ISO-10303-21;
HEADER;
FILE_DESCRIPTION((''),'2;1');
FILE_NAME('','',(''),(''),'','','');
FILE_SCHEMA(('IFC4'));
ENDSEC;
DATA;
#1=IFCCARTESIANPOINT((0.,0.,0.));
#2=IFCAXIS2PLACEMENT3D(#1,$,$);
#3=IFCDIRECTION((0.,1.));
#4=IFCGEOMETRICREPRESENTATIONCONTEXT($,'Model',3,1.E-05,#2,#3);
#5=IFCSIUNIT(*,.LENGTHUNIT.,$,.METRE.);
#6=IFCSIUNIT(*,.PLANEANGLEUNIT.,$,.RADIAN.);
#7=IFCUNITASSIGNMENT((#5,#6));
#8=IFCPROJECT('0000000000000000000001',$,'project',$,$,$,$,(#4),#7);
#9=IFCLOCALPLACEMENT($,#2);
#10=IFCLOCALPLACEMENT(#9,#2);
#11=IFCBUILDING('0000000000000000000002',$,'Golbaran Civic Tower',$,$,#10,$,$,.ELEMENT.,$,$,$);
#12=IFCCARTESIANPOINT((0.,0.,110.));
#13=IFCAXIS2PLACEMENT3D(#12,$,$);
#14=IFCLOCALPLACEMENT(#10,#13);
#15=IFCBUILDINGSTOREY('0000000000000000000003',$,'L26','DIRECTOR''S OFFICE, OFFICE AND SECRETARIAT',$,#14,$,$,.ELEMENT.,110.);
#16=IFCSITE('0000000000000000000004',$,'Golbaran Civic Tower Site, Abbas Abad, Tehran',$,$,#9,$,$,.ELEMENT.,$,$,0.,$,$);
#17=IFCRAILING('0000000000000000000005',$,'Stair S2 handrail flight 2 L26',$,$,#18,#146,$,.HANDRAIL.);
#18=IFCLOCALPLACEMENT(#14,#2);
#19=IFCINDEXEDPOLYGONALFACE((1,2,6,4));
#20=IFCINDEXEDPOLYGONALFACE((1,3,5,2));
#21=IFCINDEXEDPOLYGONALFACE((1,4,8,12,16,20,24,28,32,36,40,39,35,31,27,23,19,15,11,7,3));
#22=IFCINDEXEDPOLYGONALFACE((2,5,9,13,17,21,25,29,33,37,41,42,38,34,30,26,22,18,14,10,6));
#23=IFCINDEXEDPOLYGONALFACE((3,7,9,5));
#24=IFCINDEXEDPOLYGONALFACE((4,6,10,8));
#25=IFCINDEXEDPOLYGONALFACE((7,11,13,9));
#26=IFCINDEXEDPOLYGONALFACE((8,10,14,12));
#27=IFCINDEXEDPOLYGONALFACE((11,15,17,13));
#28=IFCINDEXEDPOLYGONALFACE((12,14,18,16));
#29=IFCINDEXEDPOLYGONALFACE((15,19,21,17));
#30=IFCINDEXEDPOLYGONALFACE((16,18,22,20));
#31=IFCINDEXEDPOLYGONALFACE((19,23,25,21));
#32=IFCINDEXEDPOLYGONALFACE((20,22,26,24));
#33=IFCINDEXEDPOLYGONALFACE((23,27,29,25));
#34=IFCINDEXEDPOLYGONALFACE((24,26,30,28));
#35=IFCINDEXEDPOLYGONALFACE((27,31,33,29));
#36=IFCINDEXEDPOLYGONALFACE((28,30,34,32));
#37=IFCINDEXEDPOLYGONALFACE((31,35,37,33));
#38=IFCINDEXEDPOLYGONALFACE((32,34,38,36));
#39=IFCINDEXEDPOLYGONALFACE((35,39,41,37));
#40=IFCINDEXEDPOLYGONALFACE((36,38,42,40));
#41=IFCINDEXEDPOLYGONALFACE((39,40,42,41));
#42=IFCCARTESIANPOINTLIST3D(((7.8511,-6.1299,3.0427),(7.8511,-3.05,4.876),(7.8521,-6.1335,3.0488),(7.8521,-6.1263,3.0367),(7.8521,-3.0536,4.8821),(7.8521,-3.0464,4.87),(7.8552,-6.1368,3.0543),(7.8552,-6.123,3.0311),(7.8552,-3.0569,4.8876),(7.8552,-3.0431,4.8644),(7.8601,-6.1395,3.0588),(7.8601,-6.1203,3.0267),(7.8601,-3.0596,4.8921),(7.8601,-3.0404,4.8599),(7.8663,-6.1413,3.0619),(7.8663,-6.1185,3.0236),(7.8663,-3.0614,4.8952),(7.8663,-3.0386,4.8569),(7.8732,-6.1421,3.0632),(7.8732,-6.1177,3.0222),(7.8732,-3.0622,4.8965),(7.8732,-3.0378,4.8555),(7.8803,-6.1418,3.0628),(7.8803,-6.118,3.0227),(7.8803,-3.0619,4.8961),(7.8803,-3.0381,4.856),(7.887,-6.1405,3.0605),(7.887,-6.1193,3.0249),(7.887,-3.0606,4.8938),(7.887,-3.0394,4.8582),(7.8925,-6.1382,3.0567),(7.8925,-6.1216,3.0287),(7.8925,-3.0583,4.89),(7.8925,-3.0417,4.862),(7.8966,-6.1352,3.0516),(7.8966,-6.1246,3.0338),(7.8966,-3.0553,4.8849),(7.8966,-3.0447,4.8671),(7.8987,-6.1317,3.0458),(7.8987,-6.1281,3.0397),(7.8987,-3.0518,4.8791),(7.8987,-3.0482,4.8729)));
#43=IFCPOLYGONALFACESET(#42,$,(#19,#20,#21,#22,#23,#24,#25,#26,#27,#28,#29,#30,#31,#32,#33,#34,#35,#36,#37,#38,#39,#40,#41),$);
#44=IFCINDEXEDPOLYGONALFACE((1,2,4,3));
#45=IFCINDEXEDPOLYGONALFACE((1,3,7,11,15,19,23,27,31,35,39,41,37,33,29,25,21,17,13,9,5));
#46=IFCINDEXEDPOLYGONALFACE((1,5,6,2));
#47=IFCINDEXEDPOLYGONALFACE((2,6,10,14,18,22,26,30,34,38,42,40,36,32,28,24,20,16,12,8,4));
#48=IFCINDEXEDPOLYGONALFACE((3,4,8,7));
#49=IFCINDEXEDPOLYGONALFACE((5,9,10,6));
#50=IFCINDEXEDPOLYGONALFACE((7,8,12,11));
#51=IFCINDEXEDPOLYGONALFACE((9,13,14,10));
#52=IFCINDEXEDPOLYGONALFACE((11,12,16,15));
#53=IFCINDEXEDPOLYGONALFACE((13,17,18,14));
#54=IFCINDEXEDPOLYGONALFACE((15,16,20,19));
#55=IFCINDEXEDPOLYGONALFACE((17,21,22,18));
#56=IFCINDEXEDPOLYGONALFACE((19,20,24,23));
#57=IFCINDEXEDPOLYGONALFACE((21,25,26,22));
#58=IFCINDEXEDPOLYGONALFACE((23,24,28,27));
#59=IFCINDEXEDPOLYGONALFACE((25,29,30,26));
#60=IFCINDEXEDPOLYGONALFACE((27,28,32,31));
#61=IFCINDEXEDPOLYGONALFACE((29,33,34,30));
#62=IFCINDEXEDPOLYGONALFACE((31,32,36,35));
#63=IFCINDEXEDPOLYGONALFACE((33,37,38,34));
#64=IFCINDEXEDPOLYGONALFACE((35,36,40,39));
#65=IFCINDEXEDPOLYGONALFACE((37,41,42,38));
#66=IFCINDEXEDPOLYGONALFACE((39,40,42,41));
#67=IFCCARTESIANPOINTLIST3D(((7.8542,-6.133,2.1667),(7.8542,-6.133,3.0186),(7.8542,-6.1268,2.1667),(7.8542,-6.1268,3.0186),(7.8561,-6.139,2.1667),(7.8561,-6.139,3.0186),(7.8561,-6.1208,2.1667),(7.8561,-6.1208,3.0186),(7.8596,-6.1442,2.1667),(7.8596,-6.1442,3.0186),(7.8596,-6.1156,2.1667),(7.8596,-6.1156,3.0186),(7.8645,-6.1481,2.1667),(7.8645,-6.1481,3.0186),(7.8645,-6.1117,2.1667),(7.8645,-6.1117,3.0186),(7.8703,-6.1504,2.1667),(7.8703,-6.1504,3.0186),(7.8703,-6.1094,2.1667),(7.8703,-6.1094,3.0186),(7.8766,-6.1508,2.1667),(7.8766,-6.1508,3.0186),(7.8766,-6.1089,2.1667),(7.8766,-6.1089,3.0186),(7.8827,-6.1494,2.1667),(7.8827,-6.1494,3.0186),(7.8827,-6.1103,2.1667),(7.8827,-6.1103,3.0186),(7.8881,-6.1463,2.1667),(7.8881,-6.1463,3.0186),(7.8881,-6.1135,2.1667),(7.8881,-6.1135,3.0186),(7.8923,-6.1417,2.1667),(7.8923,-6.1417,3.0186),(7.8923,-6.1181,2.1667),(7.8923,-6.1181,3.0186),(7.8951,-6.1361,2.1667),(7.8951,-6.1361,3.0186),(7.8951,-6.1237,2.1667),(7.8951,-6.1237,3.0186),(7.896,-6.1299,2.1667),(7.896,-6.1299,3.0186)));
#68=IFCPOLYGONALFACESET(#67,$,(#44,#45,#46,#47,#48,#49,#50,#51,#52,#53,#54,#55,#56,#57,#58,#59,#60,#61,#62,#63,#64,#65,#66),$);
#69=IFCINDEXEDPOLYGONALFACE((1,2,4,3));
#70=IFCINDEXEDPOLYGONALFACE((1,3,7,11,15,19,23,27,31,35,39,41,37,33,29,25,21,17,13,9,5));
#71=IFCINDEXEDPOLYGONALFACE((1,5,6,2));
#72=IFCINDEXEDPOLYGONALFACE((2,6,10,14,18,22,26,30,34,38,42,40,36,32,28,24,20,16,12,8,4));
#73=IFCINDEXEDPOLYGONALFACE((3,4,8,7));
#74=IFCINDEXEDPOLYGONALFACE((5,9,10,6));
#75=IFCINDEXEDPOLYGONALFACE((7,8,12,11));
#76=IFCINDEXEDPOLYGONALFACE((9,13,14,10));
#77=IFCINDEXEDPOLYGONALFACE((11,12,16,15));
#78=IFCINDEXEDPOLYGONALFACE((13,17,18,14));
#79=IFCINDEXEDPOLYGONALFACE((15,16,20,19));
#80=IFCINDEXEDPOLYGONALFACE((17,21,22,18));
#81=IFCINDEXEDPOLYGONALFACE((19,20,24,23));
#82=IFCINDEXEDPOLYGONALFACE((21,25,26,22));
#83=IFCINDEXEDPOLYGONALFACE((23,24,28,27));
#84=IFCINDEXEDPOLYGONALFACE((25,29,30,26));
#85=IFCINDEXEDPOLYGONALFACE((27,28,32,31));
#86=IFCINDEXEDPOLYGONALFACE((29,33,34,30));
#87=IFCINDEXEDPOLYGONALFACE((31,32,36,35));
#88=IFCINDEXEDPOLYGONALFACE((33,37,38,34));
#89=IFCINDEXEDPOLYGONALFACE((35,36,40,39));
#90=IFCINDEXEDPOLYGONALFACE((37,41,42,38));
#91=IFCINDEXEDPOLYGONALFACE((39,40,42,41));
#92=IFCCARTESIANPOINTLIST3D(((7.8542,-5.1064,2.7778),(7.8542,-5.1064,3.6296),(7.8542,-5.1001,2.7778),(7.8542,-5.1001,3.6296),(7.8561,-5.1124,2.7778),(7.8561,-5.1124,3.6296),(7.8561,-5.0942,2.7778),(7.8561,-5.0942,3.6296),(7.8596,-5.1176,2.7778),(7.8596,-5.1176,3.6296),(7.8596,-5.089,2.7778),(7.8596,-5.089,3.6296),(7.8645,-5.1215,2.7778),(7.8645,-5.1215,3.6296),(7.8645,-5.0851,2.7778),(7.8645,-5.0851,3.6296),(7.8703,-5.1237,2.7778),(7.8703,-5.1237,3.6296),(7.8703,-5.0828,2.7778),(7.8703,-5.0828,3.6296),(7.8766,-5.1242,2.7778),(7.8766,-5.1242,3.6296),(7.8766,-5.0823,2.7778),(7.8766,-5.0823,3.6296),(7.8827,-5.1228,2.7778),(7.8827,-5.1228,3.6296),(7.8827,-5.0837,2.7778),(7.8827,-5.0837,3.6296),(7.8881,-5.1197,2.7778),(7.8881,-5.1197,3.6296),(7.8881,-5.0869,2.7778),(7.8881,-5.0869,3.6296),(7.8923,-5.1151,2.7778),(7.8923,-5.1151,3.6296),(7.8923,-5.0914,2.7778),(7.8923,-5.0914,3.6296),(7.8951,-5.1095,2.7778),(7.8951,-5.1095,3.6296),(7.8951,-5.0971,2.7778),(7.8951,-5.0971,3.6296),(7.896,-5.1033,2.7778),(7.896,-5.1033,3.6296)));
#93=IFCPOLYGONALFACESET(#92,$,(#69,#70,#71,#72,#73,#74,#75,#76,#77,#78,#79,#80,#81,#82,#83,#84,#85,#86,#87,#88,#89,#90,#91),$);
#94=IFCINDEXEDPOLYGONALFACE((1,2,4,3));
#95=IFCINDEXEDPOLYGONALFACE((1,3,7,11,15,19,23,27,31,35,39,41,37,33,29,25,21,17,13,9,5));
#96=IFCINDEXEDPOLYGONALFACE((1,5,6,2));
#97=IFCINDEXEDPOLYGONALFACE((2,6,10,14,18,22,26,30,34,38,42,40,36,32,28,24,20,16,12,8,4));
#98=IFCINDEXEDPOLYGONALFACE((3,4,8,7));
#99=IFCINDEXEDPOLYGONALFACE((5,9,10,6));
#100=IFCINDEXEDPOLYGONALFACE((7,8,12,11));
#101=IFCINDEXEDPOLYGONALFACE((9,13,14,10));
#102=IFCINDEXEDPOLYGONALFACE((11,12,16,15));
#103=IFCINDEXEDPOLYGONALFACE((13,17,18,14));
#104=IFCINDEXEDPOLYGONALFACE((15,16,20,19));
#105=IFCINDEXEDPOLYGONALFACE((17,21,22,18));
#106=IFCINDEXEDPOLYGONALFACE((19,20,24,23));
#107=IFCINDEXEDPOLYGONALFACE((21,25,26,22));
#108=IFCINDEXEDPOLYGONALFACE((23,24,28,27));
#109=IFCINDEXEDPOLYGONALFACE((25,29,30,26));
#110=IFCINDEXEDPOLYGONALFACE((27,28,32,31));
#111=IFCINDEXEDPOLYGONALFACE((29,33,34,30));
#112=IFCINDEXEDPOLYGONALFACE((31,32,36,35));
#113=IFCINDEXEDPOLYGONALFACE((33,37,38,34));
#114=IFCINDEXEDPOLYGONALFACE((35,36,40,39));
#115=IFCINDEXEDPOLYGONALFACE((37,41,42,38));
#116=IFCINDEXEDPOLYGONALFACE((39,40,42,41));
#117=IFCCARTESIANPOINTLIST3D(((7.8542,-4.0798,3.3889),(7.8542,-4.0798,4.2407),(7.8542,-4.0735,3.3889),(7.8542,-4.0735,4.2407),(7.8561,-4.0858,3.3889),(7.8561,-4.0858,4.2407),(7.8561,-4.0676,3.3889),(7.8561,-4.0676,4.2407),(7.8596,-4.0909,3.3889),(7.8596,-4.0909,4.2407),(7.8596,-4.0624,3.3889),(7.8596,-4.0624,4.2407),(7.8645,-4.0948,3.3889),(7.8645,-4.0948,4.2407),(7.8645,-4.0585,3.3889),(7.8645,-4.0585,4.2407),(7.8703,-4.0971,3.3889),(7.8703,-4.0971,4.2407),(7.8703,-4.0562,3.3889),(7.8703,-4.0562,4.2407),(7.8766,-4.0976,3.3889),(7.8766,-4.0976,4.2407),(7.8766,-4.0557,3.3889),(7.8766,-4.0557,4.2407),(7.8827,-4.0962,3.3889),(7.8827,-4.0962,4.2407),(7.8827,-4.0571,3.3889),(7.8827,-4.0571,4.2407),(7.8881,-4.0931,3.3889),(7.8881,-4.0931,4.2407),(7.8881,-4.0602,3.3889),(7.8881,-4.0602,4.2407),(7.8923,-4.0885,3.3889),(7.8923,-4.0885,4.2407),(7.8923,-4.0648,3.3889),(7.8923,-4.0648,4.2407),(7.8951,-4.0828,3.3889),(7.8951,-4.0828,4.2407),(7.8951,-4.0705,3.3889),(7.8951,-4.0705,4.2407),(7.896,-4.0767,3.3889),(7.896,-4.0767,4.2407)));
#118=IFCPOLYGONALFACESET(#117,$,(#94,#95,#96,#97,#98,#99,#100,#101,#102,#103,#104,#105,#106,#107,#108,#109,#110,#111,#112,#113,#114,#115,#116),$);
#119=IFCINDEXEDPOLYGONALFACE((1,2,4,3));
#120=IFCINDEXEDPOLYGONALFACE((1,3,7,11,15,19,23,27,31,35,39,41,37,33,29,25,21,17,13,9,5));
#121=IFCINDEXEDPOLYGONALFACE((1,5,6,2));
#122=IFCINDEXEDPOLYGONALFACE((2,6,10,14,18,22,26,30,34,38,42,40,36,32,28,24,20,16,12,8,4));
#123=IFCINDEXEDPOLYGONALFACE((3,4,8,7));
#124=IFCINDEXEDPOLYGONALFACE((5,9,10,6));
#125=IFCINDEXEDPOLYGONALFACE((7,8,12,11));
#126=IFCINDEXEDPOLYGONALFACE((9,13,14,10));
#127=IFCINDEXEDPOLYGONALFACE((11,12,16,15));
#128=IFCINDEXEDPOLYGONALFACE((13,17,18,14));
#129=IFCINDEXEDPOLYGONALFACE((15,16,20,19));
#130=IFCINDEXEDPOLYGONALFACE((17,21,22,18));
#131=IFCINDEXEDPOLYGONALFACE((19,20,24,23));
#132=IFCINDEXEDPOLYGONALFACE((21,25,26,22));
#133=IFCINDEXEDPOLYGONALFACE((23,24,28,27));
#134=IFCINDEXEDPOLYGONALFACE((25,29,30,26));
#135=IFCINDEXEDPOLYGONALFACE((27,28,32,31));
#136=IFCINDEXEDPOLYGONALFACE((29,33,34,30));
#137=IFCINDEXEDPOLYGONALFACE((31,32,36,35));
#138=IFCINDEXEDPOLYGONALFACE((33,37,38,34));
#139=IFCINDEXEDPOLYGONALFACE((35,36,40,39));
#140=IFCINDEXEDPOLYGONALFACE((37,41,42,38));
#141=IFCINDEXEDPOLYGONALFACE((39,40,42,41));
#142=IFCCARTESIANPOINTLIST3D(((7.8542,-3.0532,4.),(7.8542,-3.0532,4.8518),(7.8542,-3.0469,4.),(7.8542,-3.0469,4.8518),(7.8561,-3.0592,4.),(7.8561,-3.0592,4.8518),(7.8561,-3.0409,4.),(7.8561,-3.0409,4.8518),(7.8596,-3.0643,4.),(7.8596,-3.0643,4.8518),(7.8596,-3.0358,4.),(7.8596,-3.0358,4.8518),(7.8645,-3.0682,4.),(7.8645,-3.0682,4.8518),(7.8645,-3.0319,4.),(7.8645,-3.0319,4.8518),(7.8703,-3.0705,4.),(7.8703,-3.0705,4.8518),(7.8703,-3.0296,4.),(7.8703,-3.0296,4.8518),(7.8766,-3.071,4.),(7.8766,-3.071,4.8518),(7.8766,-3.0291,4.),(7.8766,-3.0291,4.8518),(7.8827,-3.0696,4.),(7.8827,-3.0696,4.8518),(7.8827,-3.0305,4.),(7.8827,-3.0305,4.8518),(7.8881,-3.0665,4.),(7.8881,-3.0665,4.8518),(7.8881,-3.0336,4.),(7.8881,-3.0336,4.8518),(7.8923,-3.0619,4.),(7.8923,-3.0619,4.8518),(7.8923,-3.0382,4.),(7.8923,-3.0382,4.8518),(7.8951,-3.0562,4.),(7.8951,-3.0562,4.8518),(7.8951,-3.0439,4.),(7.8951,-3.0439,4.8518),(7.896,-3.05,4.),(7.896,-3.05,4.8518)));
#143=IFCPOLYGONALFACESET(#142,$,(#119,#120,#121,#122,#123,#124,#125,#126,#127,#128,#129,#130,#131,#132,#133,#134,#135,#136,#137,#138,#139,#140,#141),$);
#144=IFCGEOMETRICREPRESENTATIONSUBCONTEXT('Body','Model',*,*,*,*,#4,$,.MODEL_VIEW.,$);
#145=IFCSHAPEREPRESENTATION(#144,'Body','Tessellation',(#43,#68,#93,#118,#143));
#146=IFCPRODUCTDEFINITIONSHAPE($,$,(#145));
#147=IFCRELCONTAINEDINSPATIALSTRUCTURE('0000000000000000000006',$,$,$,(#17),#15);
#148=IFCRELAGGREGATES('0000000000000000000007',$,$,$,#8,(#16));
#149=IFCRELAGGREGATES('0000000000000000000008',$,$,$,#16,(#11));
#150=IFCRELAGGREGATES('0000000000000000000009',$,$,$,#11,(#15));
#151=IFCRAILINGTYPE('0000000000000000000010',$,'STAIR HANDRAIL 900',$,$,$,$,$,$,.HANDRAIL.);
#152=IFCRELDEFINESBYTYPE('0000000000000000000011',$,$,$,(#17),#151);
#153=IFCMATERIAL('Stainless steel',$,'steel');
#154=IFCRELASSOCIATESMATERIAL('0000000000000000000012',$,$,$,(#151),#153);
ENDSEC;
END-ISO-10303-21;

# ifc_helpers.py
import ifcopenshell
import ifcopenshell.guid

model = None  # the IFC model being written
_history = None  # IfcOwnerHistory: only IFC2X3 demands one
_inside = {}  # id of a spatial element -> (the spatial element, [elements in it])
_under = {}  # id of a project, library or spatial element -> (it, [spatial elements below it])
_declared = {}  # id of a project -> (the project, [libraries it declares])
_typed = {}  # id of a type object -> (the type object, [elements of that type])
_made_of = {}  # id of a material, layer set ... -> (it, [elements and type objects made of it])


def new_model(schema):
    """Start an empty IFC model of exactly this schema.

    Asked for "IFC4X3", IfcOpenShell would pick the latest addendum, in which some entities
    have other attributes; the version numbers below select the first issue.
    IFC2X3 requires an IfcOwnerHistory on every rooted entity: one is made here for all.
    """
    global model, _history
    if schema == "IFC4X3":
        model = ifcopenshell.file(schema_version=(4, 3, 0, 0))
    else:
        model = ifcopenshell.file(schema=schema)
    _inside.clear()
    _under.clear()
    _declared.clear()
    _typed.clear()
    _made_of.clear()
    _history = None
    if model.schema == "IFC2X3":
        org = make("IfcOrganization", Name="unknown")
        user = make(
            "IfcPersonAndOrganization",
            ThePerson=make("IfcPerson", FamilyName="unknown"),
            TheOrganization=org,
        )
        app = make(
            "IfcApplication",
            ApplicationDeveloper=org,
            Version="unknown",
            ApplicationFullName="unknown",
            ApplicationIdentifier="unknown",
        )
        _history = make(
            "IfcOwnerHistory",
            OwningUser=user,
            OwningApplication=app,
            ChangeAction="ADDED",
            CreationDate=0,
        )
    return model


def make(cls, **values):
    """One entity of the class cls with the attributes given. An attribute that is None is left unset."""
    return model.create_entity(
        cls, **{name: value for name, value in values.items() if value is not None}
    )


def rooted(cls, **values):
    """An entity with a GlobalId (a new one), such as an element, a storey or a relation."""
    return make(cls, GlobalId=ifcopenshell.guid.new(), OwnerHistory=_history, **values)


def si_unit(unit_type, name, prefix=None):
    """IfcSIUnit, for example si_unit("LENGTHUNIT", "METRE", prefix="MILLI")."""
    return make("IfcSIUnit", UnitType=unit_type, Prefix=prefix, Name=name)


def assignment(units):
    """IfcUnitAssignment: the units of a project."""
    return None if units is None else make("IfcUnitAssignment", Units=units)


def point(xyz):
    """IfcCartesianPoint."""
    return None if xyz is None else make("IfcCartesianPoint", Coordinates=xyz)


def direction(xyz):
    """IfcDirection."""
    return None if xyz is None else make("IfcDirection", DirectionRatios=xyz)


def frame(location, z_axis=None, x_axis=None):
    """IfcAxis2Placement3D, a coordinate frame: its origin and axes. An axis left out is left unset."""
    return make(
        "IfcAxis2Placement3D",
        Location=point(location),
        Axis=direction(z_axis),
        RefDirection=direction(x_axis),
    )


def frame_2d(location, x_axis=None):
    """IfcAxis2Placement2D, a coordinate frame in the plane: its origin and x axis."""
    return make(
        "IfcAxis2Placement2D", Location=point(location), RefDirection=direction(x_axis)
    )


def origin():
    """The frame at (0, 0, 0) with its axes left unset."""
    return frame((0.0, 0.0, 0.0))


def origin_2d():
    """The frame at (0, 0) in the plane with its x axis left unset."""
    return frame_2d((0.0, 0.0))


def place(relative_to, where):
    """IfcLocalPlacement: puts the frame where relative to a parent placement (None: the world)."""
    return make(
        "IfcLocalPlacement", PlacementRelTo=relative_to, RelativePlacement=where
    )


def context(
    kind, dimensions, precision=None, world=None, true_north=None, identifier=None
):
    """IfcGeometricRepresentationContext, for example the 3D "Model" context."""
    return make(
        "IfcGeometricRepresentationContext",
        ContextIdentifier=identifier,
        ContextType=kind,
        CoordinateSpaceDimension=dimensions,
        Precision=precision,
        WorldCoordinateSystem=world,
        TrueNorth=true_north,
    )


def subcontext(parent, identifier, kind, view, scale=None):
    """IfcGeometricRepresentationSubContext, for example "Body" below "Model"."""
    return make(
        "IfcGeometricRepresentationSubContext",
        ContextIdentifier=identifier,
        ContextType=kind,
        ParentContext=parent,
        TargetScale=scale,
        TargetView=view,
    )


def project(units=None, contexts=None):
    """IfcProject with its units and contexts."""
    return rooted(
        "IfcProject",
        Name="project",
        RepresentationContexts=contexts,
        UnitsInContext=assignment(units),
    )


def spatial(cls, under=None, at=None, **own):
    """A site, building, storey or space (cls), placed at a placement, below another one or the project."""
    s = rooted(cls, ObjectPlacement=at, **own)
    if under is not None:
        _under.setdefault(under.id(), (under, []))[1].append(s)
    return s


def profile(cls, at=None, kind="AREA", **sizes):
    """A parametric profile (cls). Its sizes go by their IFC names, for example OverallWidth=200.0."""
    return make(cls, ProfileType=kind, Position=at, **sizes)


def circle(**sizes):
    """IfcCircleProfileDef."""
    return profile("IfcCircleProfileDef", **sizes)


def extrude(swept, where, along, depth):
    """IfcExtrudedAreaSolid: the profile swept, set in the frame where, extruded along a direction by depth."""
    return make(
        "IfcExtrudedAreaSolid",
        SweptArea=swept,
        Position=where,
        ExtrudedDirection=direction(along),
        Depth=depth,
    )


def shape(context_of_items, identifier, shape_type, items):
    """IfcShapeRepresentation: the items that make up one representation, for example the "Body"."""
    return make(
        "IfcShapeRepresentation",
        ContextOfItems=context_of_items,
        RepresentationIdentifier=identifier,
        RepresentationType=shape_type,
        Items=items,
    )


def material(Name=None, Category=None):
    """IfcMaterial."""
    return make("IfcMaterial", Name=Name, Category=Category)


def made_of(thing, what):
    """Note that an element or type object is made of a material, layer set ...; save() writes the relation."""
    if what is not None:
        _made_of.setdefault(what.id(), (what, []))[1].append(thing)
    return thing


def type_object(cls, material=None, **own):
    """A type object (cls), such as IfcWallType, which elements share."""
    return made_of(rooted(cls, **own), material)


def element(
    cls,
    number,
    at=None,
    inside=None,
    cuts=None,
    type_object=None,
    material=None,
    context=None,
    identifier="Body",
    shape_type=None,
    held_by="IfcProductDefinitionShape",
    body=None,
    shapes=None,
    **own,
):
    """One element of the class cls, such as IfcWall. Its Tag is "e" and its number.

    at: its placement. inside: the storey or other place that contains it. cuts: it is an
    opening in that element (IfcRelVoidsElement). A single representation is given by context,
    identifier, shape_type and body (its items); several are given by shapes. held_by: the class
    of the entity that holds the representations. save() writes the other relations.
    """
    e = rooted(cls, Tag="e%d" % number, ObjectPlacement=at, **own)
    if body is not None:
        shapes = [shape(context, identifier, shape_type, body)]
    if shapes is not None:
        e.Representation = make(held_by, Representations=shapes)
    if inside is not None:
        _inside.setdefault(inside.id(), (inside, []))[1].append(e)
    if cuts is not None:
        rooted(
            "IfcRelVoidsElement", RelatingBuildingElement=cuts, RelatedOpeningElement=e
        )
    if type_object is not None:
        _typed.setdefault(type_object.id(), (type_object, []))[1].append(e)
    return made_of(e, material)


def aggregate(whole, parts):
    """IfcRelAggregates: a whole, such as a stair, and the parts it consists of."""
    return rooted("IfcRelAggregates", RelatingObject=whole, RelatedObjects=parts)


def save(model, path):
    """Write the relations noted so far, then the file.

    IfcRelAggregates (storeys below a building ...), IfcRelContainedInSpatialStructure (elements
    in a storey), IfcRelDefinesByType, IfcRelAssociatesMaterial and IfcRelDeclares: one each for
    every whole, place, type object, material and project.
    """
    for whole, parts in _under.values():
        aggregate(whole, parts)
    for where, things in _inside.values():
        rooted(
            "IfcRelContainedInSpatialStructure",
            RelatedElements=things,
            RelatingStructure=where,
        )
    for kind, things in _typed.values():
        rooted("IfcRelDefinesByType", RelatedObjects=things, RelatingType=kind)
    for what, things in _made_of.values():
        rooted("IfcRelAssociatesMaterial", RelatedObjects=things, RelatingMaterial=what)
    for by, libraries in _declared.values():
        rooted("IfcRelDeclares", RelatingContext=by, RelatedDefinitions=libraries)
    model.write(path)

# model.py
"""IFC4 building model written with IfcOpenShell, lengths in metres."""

from ifc_helpers import new_model, si_unit, direction, frame, origin, origin_2d, place, context, subcontext, project, spatial, circle, extrude, material, type_object, element, save


model = new_model("IFC4")

# Units and contexts
model_context = context("Model", 3, precision=1e-05, world=origin(), true_north=direction((0.0, 1.0)))
body_context = subcontext(model_context, "Body", "Model", "MODEL_VIEW")
ifc_project = project(units=[si_unit("LENGTHUNIT", "METRE"), si_unit("PLANEANGLEUNIT", "RADIAN")], contexts=[model_context])

# Site, building, storey
site_placement = place(None, origin())
site = spatial("IfcSite", under=ifc_project, at=site_placement, Name="Golbaran Civic Tower Site, Abbas Abad, Tehran", CompositionType="ELEMENT", RefElevation=0.0)
building_placement = place(site_placement, origin())
building = spatial("IfcBuilding", under=site, at=building_placement, Name="Golbaran Civic Tower", CompositionType="ELEMENT")
storey_placement = place(building_placement, frame((0.0, 0.0, 110.0)))
storey = spatial("IfcBuildingStorey", under=building, at=storey_placement, Name="L26", Description="DIRECTOR'S OFFICE, OFFICE AND SECRETARIAT", CompositionType="ELEMENT", Elevation=110.0)

# Shared definitions
ifc_material_1 = material(Name="Stainless steel", Category="steel")

# Railing
railing_type = type_object("IfcRailingType", Name="STAIR HANDRAIL 900", PredefinedType="HANDRAIL", material=ifc_material_1)
railing_1_placement = place(storey_placement, frame((7.875, -6.1299, 2.1667)))
element("IfcRailing", 1, at=railing_1_placement, inside=storey, type_object=railing_type, Name="Stair S2 handrail flight 2 L26", PredefinedType="HANDRAIL", context=body_context, shape_type="SweptSolid", body=[
    extrude(circle(Radius=0.0239, at=origin_2d()), frame((0.0, 0.0, 0.876), z_axis=(0.0, 0.859291, 0.511487), x_axis=(-1.0, 0.0, 0.0)), (0.0, 0.0, 1.0), 3.5842),
    extrude(circle(Radius=0.021, at=origin_2d()), origin(), (0.0, 0.0, 1.0), 0.8518),
    extrude(circle(Radius=0.021, at=origin_2d()), frame((0.0, 1.0266, 0.6111)), (0.0, 0.0, 1.0), 0.8518),
    extrude(circle(Radius=0.021, at=origin_2d()), frame((0.0, 2.0532, 1.2222)), (0.0, 0.0, 1.0), 0.8518),
    extrude(circle(Radius=0.021, at=origin_2d()), frame((0.0, 3.0798, 1.8333)), (0.0, 0.0, 1.0), 0.8518),
])

save(model, "model.ifc")
